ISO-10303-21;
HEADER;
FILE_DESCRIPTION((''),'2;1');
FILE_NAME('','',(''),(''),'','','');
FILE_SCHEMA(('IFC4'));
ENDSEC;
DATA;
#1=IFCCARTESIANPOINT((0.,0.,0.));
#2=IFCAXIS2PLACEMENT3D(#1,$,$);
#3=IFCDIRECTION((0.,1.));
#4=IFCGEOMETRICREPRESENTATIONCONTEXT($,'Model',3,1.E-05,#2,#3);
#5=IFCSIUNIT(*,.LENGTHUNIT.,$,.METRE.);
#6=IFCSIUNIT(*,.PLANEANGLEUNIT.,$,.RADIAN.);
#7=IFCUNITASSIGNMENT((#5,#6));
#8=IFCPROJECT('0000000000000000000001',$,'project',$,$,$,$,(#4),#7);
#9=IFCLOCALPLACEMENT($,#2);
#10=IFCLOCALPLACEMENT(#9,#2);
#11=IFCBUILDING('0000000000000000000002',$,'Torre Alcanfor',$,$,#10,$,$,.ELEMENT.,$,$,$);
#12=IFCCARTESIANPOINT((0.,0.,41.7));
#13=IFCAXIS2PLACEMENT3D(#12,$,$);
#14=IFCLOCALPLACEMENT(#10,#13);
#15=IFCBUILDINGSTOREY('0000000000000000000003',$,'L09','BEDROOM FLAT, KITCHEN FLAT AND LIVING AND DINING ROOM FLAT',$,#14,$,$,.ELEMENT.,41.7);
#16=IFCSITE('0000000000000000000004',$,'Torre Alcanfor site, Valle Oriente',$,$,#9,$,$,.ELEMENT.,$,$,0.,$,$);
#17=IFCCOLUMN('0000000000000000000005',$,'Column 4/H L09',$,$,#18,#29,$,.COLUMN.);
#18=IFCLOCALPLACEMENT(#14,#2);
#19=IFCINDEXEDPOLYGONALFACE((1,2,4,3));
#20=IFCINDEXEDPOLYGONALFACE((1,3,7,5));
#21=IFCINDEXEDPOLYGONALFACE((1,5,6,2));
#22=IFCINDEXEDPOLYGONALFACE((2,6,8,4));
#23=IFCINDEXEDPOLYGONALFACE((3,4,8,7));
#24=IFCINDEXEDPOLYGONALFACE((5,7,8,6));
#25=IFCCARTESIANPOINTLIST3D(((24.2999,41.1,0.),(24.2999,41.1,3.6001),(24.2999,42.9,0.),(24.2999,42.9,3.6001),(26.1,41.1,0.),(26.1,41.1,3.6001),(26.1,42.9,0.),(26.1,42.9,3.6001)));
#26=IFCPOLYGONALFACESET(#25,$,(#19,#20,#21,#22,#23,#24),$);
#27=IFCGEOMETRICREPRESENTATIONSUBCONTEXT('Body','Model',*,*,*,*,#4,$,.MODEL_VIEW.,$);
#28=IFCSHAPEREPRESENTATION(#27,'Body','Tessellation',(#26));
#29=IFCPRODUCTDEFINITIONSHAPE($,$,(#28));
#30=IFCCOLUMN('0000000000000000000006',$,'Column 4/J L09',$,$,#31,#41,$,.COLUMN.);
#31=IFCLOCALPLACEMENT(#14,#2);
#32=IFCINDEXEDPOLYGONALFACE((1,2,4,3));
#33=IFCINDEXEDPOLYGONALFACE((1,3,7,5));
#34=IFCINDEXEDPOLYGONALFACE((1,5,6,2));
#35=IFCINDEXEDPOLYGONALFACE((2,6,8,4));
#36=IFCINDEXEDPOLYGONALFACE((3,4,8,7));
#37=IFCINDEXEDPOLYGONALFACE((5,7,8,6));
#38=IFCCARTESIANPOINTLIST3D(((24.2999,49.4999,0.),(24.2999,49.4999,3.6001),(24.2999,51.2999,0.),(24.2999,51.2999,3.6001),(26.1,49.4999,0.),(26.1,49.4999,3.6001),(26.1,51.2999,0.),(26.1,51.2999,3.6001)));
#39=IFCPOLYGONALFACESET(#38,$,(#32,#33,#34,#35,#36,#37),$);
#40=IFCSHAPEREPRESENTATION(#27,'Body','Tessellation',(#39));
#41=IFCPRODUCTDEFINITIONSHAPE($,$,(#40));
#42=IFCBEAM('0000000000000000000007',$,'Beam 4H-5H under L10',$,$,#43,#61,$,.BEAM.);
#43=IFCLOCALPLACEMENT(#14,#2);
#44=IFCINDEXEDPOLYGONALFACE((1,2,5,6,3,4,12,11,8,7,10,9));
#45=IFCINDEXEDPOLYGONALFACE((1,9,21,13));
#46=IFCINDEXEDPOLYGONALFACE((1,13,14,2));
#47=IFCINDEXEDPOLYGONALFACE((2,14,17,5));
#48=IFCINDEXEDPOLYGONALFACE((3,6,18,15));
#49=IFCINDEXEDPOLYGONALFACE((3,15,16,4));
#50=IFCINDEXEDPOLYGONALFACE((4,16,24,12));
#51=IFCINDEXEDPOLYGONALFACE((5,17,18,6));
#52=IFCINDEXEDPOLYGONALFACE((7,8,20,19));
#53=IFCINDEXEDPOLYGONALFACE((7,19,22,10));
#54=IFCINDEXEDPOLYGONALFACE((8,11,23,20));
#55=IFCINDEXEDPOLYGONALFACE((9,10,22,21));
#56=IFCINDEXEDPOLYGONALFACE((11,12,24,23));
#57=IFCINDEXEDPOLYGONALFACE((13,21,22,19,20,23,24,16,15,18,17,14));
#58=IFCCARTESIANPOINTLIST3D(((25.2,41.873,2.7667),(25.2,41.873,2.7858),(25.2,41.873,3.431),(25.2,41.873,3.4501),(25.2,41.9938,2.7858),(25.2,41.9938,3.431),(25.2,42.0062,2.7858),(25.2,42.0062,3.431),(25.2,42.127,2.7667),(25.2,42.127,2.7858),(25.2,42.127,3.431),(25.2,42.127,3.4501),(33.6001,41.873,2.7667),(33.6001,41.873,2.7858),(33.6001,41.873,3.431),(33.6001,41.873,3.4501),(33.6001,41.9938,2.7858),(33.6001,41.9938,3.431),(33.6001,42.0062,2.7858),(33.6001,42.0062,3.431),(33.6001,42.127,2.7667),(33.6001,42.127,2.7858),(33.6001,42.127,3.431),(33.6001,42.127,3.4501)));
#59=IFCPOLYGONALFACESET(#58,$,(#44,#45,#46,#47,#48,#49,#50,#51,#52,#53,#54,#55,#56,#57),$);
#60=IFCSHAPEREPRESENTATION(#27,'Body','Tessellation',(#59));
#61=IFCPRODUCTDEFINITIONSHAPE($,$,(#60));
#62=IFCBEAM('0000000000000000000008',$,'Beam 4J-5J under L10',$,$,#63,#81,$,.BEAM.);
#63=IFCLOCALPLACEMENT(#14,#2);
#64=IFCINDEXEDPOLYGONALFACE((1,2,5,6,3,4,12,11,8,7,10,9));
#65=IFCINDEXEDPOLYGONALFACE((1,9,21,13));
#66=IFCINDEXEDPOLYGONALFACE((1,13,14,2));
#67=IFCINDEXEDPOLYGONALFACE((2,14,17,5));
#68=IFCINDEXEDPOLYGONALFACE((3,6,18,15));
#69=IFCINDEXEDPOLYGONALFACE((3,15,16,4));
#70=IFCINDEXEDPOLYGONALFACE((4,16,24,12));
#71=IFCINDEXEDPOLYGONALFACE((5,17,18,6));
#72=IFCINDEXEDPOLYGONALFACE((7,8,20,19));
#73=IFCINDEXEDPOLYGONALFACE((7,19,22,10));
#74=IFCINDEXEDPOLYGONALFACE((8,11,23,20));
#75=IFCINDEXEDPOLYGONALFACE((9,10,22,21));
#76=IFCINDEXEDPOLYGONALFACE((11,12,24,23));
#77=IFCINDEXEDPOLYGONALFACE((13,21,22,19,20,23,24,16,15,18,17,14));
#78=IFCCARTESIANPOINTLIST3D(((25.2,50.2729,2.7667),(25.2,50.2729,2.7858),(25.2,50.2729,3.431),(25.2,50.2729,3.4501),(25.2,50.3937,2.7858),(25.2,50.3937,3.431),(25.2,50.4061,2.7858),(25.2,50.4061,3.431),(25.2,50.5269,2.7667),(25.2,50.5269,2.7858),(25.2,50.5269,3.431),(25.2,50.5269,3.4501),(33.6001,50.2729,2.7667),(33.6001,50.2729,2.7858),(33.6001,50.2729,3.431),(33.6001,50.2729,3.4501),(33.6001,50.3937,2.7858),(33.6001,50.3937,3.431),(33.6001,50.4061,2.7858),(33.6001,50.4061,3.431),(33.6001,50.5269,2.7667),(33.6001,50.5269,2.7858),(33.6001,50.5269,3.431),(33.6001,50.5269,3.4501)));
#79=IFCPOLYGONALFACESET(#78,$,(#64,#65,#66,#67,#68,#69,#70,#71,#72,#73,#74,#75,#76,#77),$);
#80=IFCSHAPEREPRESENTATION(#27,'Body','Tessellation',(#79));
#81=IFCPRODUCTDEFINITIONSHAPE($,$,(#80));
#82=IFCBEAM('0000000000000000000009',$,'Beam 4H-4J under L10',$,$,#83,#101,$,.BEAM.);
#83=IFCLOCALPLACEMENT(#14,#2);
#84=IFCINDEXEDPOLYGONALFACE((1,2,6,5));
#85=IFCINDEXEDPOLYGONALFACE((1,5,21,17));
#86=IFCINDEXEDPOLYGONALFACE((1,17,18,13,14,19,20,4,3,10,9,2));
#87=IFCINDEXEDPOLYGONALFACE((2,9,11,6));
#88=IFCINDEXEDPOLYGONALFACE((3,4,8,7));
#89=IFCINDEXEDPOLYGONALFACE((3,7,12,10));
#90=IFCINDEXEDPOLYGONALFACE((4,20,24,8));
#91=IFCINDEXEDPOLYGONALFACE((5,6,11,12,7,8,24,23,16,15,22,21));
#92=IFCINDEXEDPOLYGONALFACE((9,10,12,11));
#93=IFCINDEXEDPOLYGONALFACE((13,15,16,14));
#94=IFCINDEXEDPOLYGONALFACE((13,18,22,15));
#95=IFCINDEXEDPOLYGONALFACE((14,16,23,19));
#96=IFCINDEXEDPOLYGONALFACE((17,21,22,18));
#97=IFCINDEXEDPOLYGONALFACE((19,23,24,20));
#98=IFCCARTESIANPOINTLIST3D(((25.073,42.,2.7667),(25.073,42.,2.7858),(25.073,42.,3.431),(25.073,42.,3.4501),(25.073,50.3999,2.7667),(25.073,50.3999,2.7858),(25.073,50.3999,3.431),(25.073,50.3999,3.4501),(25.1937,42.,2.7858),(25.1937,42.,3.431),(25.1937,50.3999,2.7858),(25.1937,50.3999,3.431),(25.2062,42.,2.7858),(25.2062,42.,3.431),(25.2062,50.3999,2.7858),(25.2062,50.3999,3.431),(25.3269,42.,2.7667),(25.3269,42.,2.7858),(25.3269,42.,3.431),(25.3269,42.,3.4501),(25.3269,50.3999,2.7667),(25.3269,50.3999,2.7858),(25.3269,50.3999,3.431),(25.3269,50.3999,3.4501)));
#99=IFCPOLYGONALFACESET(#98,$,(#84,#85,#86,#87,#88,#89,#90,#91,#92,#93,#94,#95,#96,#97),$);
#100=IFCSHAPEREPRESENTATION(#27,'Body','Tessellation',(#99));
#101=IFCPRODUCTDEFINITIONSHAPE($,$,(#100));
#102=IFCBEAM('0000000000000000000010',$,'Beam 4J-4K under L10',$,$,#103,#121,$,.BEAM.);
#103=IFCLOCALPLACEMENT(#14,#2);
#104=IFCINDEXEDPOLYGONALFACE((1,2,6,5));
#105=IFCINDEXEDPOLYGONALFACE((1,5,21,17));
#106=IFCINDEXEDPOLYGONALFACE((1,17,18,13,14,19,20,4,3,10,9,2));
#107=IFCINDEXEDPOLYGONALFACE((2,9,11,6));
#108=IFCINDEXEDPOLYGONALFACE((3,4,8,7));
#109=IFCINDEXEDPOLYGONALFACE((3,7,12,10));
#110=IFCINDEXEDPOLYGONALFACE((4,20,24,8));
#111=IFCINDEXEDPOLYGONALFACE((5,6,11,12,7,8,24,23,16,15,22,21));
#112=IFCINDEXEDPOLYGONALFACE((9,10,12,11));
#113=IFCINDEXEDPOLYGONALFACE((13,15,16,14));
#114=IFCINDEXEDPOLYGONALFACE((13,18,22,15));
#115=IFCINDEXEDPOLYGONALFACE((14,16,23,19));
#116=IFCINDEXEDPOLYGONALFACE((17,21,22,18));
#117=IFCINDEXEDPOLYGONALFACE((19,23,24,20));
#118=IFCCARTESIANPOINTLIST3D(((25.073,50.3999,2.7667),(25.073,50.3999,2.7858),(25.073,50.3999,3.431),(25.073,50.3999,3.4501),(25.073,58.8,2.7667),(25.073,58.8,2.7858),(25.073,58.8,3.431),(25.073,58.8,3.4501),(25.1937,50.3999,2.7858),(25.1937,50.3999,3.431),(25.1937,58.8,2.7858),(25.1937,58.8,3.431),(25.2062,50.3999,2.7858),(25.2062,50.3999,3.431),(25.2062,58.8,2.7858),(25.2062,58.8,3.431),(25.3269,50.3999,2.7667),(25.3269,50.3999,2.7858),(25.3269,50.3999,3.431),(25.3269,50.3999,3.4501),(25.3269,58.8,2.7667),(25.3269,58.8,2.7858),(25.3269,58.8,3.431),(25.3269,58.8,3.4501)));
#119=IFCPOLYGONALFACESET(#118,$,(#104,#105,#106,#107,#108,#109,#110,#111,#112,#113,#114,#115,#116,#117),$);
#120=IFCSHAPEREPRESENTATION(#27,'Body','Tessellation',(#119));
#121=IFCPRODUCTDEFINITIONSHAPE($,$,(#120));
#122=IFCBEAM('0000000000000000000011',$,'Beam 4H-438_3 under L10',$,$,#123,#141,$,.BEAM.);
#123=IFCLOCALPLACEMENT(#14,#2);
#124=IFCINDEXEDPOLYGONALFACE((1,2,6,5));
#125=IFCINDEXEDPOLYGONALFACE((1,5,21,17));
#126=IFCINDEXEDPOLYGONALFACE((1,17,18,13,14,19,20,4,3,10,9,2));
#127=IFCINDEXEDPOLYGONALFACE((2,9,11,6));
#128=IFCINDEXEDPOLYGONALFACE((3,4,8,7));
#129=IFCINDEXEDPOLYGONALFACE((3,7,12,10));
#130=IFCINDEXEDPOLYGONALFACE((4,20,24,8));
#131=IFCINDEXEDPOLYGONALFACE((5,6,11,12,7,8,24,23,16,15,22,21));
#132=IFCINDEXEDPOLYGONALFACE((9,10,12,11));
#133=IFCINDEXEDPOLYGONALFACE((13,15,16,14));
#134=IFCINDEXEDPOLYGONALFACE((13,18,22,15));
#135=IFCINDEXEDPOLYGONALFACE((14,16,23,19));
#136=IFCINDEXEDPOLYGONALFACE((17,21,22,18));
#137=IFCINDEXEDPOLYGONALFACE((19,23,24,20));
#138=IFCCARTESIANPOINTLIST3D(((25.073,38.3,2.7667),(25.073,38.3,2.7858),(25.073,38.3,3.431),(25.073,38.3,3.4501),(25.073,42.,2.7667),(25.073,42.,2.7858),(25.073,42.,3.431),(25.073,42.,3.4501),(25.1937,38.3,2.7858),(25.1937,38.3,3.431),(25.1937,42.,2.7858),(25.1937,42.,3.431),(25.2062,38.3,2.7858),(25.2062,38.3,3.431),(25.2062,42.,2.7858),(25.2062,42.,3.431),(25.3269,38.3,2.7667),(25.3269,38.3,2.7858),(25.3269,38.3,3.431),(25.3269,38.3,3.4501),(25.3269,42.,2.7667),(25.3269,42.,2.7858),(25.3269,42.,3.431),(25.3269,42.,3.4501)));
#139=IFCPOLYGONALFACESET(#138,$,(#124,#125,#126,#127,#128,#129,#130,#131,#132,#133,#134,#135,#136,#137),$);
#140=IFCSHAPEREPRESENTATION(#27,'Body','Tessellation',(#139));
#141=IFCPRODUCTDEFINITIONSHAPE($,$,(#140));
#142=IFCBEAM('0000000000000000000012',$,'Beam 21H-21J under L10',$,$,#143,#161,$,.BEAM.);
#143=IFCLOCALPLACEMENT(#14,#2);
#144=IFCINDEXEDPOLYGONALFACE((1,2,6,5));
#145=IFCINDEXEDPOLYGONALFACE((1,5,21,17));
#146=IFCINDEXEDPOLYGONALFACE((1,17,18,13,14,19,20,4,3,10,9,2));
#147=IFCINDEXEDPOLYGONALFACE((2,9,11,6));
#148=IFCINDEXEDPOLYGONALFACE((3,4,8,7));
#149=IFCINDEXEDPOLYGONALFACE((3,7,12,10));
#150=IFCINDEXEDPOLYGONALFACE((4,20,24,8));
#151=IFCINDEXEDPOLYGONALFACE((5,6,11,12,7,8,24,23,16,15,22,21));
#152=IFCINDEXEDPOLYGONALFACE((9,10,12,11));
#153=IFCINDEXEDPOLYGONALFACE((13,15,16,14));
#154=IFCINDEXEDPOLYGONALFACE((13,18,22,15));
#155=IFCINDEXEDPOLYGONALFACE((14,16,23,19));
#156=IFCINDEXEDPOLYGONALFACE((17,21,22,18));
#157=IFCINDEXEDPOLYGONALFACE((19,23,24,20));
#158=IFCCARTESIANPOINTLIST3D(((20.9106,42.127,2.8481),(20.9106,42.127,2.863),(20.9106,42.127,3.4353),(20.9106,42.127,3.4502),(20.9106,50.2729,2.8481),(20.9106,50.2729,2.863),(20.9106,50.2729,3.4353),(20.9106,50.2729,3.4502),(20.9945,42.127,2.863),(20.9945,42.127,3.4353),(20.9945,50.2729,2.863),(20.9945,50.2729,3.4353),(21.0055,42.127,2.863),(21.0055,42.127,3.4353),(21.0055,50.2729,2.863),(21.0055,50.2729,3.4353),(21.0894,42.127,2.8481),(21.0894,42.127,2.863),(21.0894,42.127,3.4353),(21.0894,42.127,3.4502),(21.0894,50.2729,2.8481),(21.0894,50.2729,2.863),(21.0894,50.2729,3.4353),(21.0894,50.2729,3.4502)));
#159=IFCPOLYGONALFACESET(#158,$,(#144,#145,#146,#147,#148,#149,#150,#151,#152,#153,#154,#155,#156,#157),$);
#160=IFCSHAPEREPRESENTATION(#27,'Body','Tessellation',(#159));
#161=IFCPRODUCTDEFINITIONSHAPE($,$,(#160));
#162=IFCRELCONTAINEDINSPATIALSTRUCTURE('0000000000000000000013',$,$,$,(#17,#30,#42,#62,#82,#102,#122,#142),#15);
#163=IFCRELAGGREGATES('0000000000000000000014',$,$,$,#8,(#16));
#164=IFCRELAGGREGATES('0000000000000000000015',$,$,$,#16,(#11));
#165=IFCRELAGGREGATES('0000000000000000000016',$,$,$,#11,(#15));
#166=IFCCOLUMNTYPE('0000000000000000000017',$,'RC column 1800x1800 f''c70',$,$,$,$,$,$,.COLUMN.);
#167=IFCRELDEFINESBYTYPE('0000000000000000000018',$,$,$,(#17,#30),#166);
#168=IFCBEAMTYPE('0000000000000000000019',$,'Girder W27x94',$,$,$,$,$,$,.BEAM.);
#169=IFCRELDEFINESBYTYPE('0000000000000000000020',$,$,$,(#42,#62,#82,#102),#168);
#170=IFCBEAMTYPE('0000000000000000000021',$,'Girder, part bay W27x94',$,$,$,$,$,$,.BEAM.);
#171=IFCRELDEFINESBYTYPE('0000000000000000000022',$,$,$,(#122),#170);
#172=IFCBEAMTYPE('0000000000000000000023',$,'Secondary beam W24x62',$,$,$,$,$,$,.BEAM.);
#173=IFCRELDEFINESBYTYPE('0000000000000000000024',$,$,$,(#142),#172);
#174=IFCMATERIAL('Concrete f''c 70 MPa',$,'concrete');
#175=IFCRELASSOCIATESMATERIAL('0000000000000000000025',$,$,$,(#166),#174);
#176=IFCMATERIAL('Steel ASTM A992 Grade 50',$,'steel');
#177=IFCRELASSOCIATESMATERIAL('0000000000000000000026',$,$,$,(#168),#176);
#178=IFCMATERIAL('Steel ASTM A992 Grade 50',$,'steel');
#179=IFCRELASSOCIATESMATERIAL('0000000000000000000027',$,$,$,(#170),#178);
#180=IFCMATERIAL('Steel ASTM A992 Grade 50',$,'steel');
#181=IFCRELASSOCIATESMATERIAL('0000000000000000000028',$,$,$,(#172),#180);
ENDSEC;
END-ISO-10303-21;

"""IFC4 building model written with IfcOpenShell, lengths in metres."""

from ifc_helpers import new_model, si_unit, direction, frame, origin, origin_2d, place, context, subcontext, project, spatial, rectangle, i_section, extrude, material, material_profile, profile_set, type_object, element, save


model = new_model("IFC4")

# Units and contexts
model_context = context("Model", 3, precision=1e-05, world=origin(), true_north=direction((0.0, 1.0)))
body_context = subcontext(model_context, "Body", "Model", "MODEL_VIEW")
ifc_project = project(units=[si_unit("LENGTHUNIT", "METRE"), si_unit("PLANEANGLEUNIT", "RADIAN")], contexts=[model_context])

# Site, building, storey
site_placement = place(None, origin())
site = spatial("IfcSite", under=ifc_project, at=site_placement, Name="Torre Alcanfor site, Valle Oriente", CompositionType="ELEMENT", RefElevation=0.0)
building_placement = place(site_placement, origin())
building = spatial("IfcBuilding", under=site, at=building_placement, Name="Torre Alcanfor", CompositionType="ELEMENT")
storey_placement = place(building_placement, frame((0.0, 0.0, 41.7)))
storey = spatial("IfcBuildingStorey", under=building, at=storey_placement, Name="L09", Description="BEDROOM FLAT, KITCHEN FLAT AND LIVING AND DINING ROOM FLAT", CompositionType="ELEMENT", Elevation=41.7)

# Columns
ifc_material_1 = material(Name="Concrete f'c 70 MPa", Category="concrete")
ifc_material_profile_1 = material_profile(ifc_material_1, rectangle(XDim=1.8, YDim=1.8, at=origin_2d()), Name="1800x1800")
ifc_profile_set_1 = profile_set([ifc_material_profile_1], Name="Concrete f'c 70 MPa")
column_type = type_object("IfcColumnType", Name="RC column 1800x1800 f'c70", PredefinedType="COLUMN", material=ifc_profile_set_1)
for number, where, z_axis, x_axis, name in (
    (1, (25.2, 42.0, 0.0), (0.0, 0.0, 1.0), (1.0, 0.0, 0.0), "Column 4/H L09"),
    (2, (25.2, 50.3999, 0.0), (0.0, 0.0, 1.0), (1.0, 0.0, 0.0), "Column 4/J L09"),
):
    element("IfcColumn", number, at=place(storey_placement, frame(where, z_axis=z_axis, x_axis=x_axis)), inside=storey, type_object=column_type, Name=name, PredefinedType="COLUMN", context=body_context, shape_type="SweptSolid", body=[
        extrude(rectangle(XDim=1.8, YDim=1.8, at=origin_2d()), origin(), (0.0, 0.0, 1.0), 3.6001),
    ])

# Beams
ifc_material_2 = material(Name="Steel ASTM A992 Grade 50", Category="steel")
ifc_material_profile_2 = material_profile(ifc_material_2, i_section(OverallWidth=0.2539, OverallDepth=0.6833, WebThickness=0.0125, FlangeThickness=0.019, at=origin_2d()), Name="W27x94")
ifc_profile_set_2 = profile_set([ifc_material_profile_2], Name="Steel ASTM A992 Grade 50")
beam_type_1 = type_object("IfcBeamType", Name="Girder W27x94", PredefinedType="BEAM", material=ifc_profile_set_2)
for number, where, z_axis, x_axis, name in (
    (3, (25.2, 42.0, 3.1084), (1.0, 0.0, 0.0), (0.0, 1.0, 0.0), "Beam 4H-5H under L10"),
    (4, (25.2, 50.3999, 3.1084), (1.0, 0.0, 0.0), (0.0, 1.0, 0.0), "Beam 4J-5J under L10"),
):
    element("IfcBeam", number, at=place(storey_placement, frame(where, z_axis=z_axis, x_axis=x_axis)), inside=storey, type_object=beam_type_1, Name=name, PredefinedType="BEAM", context=body_context, shape_type="SweptSolid", body=[
        extrude(i_section(OverallWidth=0.2539, OverallDepth=0.6833, WebThickness=0.0125, FlangeThickness=0.019, at=origin_2d()), origin(), (0.0, 0.0, 1.0), 8.4001),
    ])
beam_1_placement = place(storey_placement, frame((25.2, 42.0, 3.1084), z_axis=(0.0, 1.0, 0.0), x_axis=(-1.0, 0.0, 0.0)))
element("IfcBeam", 5, at=beam_1_placement, inside=storey, type_object=beam_type_1, Name="Beam 4H-4J under L10", PredefinedType="BEAM", context=body_context, shape_type="SweptSolid", body=[
    extrude(i_section(OverallWidth=0.2539, OverallDepth=0.6833, WebThickness=0.0125, FlangeThickness=0.019, at=origin_2d()), origin(), (0.0, 0.0, 1.0), 8.3999),
])
beam_2_placement = place(storey_placement, frame((25.2, 50.3999, 3.1084), z_axis=(0.0, 1.0, 0.0), x_axis=(-1.0, 0.0, 0.0)))
element("IfcBeam", 6, at=beam_2_placement, inside=storey, type_object=beam_type_1, Name="Beam 4J-4K under L10", PredefinedType="BEAM", context=body_context, shape_type="SweptSolid", body=[
    extrude(i_section(OverallWidth=0.2539, OverallDepth=0.6833, WebThickness=0.0125, FlangeThickness=0.019, at=origin_2d()), origin(), (0.0, 0.0, 1.0), 8.4001),
])
ifc_material_3 = material(Name="Steel ASTM A992 Grade 50", Category="steel")
ifc_material_profile_3 = material_profile(ifc_material_3, i_section(OverallWidth=0.2539, OverallDepth=0.6833, WebThickness=0.0125, FlangeThickness=0.019, at=origin_2d()), Name="W27x94")
ifc_profile_set_3 = profile_set([ifc_material_profile_3], Name="Steel ASTM A992 Grade 50")
beam_type_2 = type_object("IfcBeamType", Name="Girder, part bay W27x94", PredefinedType="BEAM", material=ifc_profile_set_3)
beam_3_placement = place(storey_placement, frame((25.2, 42.0, 3.1084), z_axis=(0.0, -1.0, 0.0), x_axis=(1.0, 0.0, 0.0)))
element("IfcBeam", 7, at=beam_3_placement, inside=storey, type_object=beam_type_2, Name="Beam 4H-438_3 under L10", PredefinedType="BEAM", context=body_context, shape_type="SweptSolid", body=[
    extrude(i_section(OverallWidth=0.2539, OverallDepth=0.6833, WebThickness=0.0125, FlangeThickness=0.019, at=origin_2d()), origin(), (0.0, 0.0, 1.0), 3.7),
])
ifc_material_4 = material(Name="Steel ASTM A992 Grade 50", Category="steel")
ifc_material_profile_4 = material_profile(ifc_material_4, i_section(OverallWidth=0.1787, OverallDepth=0.6021, WebThickness=0.011, FlangeThickness=0.0149, at=origin_2d()), Name="W24x62")
ifc_profile_set_4 = profile_set([ifc_material_profile_4], Name="Steel ASTM A992 Grade 50")
beam_type_3 = type_object("IfcBeamType", Name="Secondary beam W24x62", PredefinedType="BEAM", material=ifc_profile_set_4)
beam_4_placement = place(storey_placement, frame((21.0, 42.127, 3.1492), z_axis=(0.0, 1.0, 0.0), x_axis=(-1.0, 0.0, 0.0)))
element("IfcBeam", 8, at=beam_4_placement, inside=storey, type_object=beam_type_3, Name="Beam 21H-21J under L10", PredefinedType="BEAM", context=body_context, shape_type="SweptSolid", body=[
    extrude(i_section(OverallWidth=0.1787, OverallDepth=0.6021, WebThickness=0.011, FlangeThickness=0.0149, at=origin_2d()), origin(), (0.0, 0.0, 1.0), 8.146),
])

save(model, "model.ifc")
